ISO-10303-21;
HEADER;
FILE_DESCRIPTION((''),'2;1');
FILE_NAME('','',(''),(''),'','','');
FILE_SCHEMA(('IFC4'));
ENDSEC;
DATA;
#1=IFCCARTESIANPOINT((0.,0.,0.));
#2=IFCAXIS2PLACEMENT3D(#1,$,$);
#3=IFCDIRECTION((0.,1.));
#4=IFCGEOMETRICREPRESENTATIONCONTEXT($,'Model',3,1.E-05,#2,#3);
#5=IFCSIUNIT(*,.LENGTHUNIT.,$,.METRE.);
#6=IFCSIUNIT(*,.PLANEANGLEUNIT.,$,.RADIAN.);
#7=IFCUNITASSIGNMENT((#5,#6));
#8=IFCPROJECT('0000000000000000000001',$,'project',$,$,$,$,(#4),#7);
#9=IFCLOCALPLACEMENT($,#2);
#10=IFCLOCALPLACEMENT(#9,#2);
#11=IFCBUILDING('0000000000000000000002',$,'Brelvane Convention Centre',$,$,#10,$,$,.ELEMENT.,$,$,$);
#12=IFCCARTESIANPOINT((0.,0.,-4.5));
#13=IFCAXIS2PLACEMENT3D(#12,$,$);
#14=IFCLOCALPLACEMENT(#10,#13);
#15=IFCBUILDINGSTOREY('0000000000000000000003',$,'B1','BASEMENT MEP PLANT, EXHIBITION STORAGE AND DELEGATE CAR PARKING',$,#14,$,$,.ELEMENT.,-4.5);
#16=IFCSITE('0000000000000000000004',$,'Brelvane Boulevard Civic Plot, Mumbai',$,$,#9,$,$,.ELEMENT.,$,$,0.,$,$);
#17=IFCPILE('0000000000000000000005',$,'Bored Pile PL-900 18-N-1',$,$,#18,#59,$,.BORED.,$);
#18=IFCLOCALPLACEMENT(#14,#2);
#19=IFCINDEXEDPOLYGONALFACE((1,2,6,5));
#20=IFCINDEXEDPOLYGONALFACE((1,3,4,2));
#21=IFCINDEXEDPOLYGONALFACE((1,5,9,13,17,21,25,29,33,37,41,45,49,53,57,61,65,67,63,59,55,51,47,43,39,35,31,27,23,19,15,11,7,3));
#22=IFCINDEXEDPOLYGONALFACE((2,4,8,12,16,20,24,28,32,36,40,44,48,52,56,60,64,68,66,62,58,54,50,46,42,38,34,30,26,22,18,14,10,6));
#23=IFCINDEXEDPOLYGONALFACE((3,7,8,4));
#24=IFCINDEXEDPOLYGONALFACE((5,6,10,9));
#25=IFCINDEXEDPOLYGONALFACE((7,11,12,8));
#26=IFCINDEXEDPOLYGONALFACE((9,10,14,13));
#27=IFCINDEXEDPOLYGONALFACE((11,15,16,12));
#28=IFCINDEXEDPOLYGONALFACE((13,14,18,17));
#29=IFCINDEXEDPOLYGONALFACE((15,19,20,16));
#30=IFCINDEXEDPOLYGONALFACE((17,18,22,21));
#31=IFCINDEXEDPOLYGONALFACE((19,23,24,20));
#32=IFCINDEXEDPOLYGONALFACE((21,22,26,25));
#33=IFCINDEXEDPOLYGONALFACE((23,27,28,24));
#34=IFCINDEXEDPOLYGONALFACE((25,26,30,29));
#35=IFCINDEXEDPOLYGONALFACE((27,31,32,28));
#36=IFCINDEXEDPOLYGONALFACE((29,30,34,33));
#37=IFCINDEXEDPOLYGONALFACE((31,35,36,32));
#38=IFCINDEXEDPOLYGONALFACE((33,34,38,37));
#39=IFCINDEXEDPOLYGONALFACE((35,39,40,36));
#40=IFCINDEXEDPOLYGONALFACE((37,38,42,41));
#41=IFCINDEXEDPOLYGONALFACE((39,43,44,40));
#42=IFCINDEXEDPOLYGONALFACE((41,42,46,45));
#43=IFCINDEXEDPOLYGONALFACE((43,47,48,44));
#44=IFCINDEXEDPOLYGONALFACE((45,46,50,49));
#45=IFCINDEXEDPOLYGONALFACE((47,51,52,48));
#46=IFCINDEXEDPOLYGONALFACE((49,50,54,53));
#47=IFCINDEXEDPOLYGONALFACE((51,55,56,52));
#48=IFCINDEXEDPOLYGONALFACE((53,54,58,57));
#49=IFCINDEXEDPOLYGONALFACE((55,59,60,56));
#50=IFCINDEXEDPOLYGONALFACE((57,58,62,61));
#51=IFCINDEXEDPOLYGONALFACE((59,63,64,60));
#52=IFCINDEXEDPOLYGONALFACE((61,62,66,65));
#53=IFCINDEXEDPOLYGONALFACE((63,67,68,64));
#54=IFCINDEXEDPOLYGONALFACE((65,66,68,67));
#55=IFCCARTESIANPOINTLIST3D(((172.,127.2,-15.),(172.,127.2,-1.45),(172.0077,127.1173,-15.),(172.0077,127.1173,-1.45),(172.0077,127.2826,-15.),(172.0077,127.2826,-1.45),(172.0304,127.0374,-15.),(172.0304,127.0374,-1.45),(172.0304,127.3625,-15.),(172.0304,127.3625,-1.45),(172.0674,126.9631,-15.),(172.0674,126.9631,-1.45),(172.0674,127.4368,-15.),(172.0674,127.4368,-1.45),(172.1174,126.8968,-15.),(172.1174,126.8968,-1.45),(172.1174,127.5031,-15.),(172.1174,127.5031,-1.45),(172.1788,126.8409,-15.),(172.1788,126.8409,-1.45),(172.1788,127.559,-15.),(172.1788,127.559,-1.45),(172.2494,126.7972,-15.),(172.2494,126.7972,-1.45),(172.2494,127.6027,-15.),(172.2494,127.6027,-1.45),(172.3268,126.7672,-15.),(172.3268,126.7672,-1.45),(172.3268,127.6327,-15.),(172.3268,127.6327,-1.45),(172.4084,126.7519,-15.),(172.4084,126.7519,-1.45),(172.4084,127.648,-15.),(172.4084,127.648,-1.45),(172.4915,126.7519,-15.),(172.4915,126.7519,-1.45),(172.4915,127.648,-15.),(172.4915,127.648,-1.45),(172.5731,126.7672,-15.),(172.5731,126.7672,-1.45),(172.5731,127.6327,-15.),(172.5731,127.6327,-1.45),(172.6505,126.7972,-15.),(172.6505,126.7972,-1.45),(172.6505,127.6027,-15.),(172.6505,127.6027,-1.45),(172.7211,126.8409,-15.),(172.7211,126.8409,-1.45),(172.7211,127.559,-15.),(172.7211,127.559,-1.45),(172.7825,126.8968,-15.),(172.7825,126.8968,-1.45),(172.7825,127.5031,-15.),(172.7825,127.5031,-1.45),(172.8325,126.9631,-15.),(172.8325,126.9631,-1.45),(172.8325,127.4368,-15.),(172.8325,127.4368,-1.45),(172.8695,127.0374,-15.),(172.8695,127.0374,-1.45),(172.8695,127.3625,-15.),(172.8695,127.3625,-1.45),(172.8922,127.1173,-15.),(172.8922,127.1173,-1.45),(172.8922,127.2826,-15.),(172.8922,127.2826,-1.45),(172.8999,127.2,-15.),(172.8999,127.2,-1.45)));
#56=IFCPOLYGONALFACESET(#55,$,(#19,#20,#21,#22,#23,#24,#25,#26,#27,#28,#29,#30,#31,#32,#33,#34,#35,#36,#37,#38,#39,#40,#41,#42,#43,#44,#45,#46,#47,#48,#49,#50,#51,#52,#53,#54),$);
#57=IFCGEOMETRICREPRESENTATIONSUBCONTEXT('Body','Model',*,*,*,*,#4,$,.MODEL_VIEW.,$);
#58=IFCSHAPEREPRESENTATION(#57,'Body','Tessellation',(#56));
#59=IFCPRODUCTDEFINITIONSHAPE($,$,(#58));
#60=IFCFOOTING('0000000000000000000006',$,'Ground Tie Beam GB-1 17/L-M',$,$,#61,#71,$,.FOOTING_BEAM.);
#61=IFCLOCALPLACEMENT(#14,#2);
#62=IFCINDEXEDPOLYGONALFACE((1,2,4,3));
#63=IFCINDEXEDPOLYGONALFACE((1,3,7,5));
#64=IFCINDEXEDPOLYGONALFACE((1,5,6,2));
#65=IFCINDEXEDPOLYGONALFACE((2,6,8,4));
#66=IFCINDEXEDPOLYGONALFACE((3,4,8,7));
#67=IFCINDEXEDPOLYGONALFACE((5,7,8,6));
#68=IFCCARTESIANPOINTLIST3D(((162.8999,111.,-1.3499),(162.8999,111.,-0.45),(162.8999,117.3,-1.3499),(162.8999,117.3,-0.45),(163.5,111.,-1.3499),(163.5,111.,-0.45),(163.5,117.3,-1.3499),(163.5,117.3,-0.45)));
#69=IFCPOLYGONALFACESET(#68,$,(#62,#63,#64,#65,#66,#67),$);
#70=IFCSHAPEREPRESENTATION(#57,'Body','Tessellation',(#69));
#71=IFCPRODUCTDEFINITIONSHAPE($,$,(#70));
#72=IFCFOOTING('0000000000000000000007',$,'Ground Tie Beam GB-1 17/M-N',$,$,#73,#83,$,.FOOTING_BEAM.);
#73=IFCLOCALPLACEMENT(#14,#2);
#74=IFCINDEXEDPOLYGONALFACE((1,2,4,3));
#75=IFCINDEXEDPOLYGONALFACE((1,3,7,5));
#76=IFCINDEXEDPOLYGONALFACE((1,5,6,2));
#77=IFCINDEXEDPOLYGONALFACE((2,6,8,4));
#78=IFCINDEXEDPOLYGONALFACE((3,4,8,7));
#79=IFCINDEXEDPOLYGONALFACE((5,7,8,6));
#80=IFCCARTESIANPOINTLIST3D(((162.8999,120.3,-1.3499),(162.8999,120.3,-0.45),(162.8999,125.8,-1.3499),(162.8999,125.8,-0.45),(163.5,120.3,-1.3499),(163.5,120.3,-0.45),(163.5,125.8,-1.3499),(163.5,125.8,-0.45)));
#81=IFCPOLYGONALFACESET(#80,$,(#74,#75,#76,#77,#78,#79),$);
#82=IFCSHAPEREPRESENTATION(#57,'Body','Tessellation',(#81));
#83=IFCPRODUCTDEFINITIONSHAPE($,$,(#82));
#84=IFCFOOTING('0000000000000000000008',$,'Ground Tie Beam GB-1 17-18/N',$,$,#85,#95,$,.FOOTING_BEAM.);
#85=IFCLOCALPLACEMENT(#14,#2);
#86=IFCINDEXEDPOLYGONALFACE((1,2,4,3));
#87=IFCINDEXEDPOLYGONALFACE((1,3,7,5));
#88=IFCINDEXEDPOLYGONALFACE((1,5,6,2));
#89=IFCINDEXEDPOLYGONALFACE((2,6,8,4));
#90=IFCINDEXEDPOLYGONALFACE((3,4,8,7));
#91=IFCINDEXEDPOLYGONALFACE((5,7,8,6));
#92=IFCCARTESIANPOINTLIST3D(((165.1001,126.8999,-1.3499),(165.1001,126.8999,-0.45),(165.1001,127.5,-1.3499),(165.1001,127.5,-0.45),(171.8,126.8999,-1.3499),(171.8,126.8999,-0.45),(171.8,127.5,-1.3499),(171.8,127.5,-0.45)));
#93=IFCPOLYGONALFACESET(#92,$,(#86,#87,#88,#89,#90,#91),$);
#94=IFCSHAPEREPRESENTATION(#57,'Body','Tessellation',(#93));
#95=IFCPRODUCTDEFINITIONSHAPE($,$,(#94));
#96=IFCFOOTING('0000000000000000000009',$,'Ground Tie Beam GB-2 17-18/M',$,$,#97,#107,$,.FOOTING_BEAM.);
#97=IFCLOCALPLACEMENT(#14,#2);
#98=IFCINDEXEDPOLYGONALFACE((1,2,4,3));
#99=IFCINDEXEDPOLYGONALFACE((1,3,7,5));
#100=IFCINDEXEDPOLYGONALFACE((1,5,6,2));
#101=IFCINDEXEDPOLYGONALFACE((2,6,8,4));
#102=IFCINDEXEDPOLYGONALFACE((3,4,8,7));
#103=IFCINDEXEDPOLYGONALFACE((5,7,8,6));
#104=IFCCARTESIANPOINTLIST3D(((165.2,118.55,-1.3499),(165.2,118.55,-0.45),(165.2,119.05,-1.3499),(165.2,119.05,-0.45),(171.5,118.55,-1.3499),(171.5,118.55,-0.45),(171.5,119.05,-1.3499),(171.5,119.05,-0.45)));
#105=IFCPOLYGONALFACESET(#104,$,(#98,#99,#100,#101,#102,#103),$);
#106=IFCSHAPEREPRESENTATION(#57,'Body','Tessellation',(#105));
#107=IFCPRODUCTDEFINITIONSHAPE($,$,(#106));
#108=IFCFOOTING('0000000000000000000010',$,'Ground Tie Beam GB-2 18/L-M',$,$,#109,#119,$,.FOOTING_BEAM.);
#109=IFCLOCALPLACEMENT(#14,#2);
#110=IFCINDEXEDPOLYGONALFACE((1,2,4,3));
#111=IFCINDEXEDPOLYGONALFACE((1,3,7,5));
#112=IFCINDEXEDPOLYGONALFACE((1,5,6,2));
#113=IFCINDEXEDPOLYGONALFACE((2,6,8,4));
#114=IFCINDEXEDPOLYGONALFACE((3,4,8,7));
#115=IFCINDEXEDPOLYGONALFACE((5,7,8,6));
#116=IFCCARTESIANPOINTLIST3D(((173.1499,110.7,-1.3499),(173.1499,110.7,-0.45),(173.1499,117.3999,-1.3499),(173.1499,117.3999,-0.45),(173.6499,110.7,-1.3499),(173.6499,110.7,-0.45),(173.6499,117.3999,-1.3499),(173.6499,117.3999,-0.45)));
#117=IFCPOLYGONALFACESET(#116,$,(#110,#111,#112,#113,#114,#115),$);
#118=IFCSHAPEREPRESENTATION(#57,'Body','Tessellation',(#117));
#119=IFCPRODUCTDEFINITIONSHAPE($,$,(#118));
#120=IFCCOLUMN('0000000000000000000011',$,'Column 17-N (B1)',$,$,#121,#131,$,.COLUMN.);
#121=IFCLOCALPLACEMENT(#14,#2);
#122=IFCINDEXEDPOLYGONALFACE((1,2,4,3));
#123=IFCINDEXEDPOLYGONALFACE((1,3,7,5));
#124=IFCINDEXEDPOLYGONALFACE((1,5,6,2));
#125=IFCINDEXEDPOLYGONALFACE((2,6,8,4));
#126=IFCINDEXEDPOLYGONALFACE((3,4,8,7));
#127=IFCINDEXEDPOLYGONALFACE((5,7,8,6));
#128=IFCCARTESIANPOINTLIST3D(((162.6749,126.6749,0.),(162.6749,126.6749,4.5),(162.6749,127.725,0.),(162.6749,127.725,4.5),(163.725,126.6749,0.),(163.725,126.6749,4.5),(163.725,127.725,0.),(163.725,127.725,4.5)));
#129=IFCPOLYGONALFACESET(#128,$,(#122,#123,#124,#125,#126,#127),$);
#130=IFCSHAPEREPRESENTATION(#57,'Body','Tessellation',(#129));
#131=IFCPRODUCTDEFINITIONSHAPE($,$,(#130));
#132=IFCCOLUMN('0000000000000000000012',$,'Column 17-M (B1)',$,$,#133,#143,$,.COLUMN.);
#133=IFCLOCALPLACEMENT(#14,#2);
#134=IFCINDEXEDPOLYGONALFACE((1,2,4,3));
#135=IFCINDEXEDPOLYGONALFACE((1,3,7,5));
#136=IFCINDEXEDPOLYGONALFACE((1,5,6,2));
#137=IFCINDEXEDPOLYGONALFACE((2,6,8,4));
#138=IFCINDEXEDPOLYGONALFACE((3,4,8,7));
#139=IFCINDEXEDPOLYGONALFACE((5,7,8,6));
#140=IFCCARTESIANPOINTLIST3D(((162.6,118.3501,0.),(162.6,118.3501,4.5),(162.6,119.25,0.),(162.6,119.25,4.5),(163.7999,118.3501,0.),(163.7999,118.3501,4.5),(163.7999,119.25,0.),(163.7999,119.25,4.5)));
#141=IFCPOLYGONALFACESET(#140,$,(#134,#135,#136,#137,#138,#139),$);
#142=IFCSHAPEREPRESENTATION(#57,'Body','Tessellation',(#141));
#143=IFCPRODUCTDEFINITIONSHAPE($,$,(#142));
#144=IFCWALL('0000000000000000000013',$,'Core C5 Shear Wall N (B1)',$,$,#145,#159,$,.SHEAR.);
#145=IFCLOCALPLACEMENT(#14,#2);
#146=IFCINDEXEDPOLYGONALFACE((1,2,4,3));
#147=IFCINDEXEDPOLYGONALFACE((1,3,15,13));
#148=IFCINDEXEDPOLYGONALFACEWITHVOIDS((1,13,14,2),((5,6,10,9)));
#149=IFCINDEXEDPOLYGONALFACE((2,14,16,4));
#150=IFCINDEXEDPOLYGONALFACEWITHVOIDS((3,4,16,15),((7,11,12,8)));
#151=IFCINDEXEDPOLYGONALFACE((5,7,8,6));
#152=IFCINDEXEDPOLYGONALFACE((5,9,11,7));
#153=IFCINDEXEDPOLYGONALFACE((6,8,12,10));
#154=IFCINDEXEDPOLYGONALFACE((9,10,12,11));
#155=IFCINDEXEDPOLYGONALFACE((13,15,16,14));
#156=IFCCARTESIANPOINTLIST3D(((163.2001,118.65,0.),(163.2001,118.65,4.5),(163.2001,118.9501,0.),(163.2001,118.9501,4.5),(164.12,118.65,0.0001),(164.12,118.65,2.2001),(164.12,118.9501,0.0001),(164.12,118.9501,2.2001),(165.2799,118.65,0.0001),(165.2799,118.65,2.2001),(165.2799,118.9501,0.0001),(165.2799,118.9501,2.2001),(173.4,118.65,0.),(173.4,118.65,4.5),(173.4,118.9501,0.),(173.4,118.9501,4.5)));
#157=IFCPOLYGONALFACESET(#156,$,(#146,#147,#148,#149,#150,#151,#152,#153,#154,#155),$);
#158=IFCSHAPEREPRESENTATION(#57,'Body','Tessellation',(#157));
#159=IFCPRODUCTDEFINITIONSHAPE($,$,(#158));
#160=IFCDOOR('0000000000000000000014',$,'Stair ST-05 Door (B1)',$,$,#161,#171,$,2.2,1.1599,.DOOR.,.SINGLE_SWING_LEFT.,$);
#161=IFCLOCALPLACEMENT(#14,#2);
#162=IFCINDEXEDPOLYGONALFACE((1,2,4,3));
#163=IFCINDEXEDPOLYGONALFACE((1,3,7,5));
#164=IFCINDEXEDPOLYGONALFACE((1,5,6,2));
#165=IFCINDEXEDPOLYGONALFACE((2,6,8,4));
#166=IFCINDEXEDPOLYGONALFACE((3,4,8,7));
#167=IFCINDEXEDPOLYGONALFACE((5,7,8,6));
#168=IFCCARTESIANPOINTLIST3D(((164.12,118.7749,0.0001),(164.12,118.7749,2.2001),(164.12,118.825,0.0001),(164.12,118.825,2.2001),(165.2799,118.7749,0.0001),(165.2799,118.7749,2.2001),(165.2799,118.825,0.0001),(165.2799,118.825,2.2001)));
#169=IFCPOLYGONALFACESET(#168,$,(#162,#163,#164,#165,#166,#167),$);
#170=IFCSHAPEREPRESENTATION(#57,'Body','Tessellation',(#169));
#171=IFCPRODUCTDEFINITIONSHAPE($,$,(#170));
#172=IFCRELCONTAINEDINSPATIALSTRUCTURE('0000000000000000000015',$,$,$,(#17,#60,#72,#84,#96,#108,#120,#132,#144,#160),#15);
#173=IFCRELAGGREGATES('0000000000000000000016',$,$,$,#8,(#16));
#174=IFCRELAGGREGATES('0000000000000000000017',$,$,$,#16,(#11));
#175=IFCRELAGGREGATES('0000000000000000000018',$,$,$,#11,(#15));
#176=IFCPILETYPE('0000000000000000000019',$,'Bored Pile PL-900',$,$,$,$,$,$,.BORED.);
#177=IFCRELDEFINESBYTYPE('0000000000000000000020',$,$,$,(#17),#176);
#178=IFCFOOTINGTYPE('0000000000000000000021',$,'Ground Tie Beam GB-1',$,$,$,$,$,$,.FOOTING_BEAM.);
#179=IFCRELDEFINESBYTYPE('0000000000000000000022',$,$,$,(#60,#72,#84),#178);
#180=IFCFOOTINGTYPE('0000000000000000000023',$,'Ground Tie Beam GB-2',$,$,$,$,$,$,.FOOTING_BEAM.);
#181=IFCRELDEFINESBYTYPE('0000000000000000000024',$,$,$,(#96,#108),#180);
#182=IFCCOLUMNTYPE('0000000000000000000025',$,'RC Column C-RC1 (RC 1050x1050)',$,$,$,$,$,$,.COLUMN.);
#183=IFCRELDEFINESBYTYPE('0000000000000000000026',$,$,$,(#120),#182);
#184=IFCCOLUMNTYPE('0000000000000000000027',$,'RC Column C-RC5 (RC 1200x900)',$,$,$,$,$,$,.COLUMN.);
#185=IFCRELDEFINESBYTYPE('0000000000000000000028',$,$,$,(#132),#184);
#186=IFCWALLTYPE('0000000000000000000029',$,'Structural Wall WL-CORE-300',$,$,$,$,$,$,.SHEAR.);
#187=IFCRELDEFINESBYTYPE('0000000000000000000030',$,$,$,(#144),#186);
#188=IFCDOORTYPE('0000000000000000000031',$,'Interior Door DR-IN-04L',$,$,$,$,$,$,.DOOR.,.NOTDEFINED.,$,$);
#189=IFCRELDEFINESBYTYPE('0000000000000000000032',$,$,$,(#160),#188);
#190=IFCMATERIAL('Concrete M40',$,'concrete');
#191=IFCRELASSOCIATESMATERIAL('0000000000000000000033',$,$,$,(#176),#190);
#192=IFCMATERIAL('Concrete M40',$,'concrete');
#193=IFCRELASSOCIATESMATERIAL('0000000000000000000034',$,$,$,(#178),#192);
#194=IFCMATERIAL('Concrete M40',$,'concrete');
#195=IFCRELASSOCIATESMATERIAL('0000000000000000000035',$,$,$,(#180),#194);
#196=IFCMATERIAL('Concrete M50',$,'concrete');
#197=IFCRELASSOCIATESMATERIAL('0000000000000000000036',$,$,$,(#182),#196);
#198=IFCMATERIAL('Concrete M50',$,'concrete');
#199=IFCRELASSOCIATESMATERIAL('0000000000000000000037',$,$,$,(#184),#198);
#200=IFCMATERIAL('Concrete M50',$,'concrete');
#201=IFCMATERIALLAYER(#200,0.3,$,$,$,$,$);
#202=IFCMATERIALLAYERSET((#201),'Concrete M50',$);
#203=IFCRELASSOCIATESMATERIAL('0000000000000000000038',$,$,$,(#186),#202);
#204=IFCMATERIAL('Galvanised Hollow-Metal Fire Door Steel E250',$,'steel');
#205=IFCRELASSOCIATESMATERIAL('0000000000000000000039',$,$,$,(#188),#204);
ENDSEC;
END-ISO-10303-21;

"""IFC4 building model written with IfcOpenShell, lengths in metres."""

from ifc_helpers import new_model, si_unit, direction, frame, frame_2d, origin, origin_2d, place, context, subcontext, project, spatial, rectangle, circle, extrude, material, layer, layer_set, material_profile, profile_set, type_object, element, fill, save


model = new_model("IFC4")

# Units and contexts
model_context = context("Model", 3, precision=1e-05, world=origin(), true_north=direction((0.0, 1.0)))
body_context = subcontext(model_context, "Body", "Model", "MODEL_VIEW")
ifc_project = project(units=[si_unit("LENGTHUNIT", "METRE"), si_unit("PLANEANGLEUNIT", "RADIAN")], contexts=[model_context])

# Site, building, storey
site_placement = place(None, origin())
site = spatial("IfcSite", under=ifc_project, at=site_placement, Name="Brelvane Boulevard Civic Plot, Mumbai", CompositionType="ELEMENT", RefElevation=0.0)
building_placement = place(site_placement, origin())
building = spatial("IfcBuilding", under=site, at=building_placement, Name="Brelvane Convention Centre", CompositionType="ELEMENT")
storey_placement = place(building_placement, frame((0.0, 0.0, -4.5)))
storey = spatial("IfcBuildingStorey", under=building, at=storey_placement, Name="B1", Description="BASEMENT MEP PLANT, EXHIBITION STORAGE AND DELEGATE CAR PARKING", CompositionType="ELEMENT", Elevation=-4.5)

# Pile
ifc_material_1 = material(Name="Concrete M40", Category="concrete")
ifc_material_profile_1 = material_profile(ifc_material_1, circle(Radius=0.45, at=origin_2d()), Name="PILE D900")
ifc_profile_set_1 = profile_set([ifc_material_profile_1], Name="Concrete M40")
pile_type = type_object("IfcPileType", Name="Bored Pile PL-900", PredefinedType="BORED", material=ifc_profile_set_1)
pile_placement = place(storey_placement, frame((172.45, 127.2, -1.45), z_axis=(0.0, 0.0, -1.0), x_axis=(1.0, 0.0, 0.0)))
element("IfcPile", 1, at=pile_placement, inside=storey, type_object=pile_type, Name="Bored Pile PL-900 18-N-1", PredefinedType="BORED", context=body_context, shape_type="SweptSolid", body=[
    extrude(circle(Radius=0.45, at=origin_2d()), origin(), (0.0, 0.0, 1.0), 13.55),
])

# Footings
ifc_material_2 = material(Name="Concrete M40", Category="concrete")
ifc_material_profile_2 = material_profile(ifc_material_2, rectangle(XDim=0.6001, YDim=0.8999, at=origin_2d()), Name="RC 600x900")
ifc_profile_set_2 = profile_set([ifc_material_profile_2], Name="Concrete M40")
footing_type_1 = type_object("IfcFootingType", Name="Ground Tie Beam GB-1", PredefinedType="FOOTING_BEAM", material=ifc_profile_set_2)
footing_1_placement = place(storey_placement, frame((163.2, 111.0, -0.8999), z_axis=(0.0, 1.0, 0.0), x_axis=(-1.0, 0.0, 0.0)))
element("IfcFooting", 2, at=footing_1_placement, inside=storey, type_object=footing_type_1, Name="Ground Tie Beam GB-1 17/L-M", PredefinedType="FOOTING_BEAM", context=body_context, shape_type="SweptSolid", body=[
    extrude(rectangle(XDim=0.6001, YDim=0.8999, at=origin_2d()), origin(), (0.0, 0.0, 1.0), 6.3),
])
footing_2_placement = place(storey_placement, frame((163.2, 120.3, -0.8999), z_axis=(0.0, 1.0, 0.0), x_axis=(-1.0, 0.0, 0.0)))
element("IfcFooting", 3, at=footing_2_placement, inside=storey, type_object=footing_type_1, Name="Ground Tie Beam GB-1 17/M-N", PredefinedType="FOOTING_BEAM", context=body_context, shape_type="SweptSolid", body=[
    extrude(rectangle(XDim=0.6001, YDim=0.8999, at=origin_2d()), origin(), (0.0, 0.0, 1.0), 5.5),
])
footing_3_placement = place(storey_placement, frame((165.1001, 127.2, -0.8999), z_axis=(1.0, 0.0, 0.0), x_axis=(0.0, 1.0, 0.0)))
element("IfcFooting", 4, at=footing_3_placement, inside=storey, type_object=footing_type_1, Name="Ground Tie Beam GB-1 17-18/N", PredefinedType="FOOTING_BEAM", context=body_context, shape_type="SweptSolid", body=[
    extrude(rectangle(XDim=0.6001, YDim=0.8999, at=origin_2d()), origin(), (0.0, 0.0, 1.0), 6.7),
])
ifc_material_3 = material(Name="Concrete M40", Category="concrete")
ifc_material_profile_3 = material_profile(ifc_material_3, rectangle(XDim=0.5, YDim=0.8999, at=origin_2d()), Name="RC 500x900")
ifc_profile_set_3 = profile_set([ifc_material_profile_3], Name="Concrete M40")
footing_type_2 = type_object("IfcFootingType", Name="Ground Tie Beam GB-2", PredefinedType="FOOTING_BEAM", material=ifc_profile_set_3)
footing_4_placement = place(storey_placement, frame((165.2, 118.8, -0.8999), z_axis=(1.0, 0.0, 0.0), x_axis=(0.0, 1.0, 0.0)))
element("IfcFooting", 5, at=footing_4_placement, inside=storey, type_object=footing_type_2, Name="Ground Tie Beam GB-2 17-18/M", PredefinedType="FOOTING_BEAM", context=body_context, shape_type="SweptSolid", body=[
    extrude(rectangle(XDim=0.5, YDim=0.8999, at=origin_2d()), origin(), (0.0, 0.0, 1.0), 6.3),
])
footing_5_placement = place(storey_placement, frame((173.3999, 110.7, -0.8999), z_axis=(0.0, 1.0, 0.0), x_axis=(-1.0, 0.0, 0.0)))
element("IfcFooting", 6, at=footing_5_placement, inside=storey, type_object=footing_type_2, Name="Ground Tie Beam GB-2 18/L-M", PredefinedType="FOOTING_BEAM", context=body_context, shape_type="SweptSolid", body=[
    extrude(rectangle(XDim=0.5, YDim=0.8999, at=origin_2d()), origin(), (0.0, 0.0, 1.0), 6.7),
])

# Columns
ifc_material_4 = material(Name="Concrete M50", Category="concrete")
ifc_material_profile_4 = material_profile(ifc_material_4, rectangle(XDim=1.05, YDim=1.05, at=origin_2d()), Name="RC 1050x1050")
ifc_profile_set_4 = profile_set([ifc_material_profile_4], Name="Concrete M50")
column_type_1 = type_object("IfcColumnType", Name="RC Column C-RC1 (RC 1050x1050)", PredefinedType="COLUMN", material=ifc_profile_set_4)
column_1_placement = place(storey_placement, frame((163.2, 127.2, 0.0), z_axis=(0.0, 0.0, 1.0), x_axis=(1.0, 0.0, 0.0)))
element("IfcColumn", 7, at=column_1_placement, inside=storey, type_object=column_type_1, Name="Column 17-N (B1)", PredefinedType="COLUMN", context=body_context, shape_type="SweptSolid", body=[
    extrude(rectangle(XDim=1.05, YDim=1.05, at=origin_2d()), origin(), (0.0, 0.0, 1.0), 4.5),
])
ifc_material_5 = material(Name="Concrete M50", Category="concrete")
ifc_material_profile_5 = material_profile(ifc_material_5, rectangle(XDim=1.2, YDim=0.8999, at=origin_2d()), Name="RC 1200x900")
ifc_profile_set_5 = profile_set([ifc_material_profile_5], Name="Concrete M50")
column_type_2 = type_object("IfcColumnType", Name="RC Column C-RC5 (RC 1200x900)", PredefinedType="COLUMN", material=ifc_profile_set_5)
column_2_placement = place(storey_placement, frame((163.2, 118.8, 0.0), z_axis=(0.0, 0.0, 1.0), x_axis=(1.0, 0.0, 0.0)))
element("IfcColumn", 8, at=column_2_placement, inside=storey, type_object=column_type_2, Name="Column 17-M (B1)", PredefinedType="COLUMN", context=body_context, shape_type="SweptSolid", body=[
    extrude(rectangle(XDim=1.2, YDim=0.8999, at=origin_2d()), origin(), (0.0, 0.0, 1.0), 4.5),
])

# Wall, opening, door
ifc_material_6 = material(Name="Concrete M50", Category="concrete")
ifc_layer = layer(ifc_material_6, 0.3)
ifc_layer_set = layer_set([ifc_layer], Name="Concrete M50")
wall_type = type_object("IfcWallType", Name="Structural Wall WL-CORE-300", PredefinedType="SHEAR", material=ifc_layer_set)
wall_1_placement = place(storey_placement, frame((163.2, 118.8, 0.0), z_axis=(0.0, 0.0, 1.0), x_axis=(1.0, 0.0, 0.0)))
wall_1 = element("IfcWall", 9, at=wall_1_placement, inside=storey, type_object=wall_type, Name="Core C5 Shear Wall N (B1)", PredefinedType="SHEAR", context=body_context, shape_type="SweptSolid", body=[
    extrude(rectangle(XDim=10.2, YDim=0.3, at=frame_2d((5.1001, 0.0))), origin(), (0.0, 0.0, 1.0), 4.5),
])
opening_placement = place(wall_1_placement, frame((0.9199, 0.0, 0.0)))
opening = element("IfcOpeningElement", 10, at=opening_placement, cuts=wall_1, PredefinedType="OPENING", context=body_context, shape_type="SweptSolid", body=[
    extrude(rectangle(XDim=1.1599, YDim=2.2, at=frame_2d((0.5801, 1.1001))), frame((0.0, 0.1599, 0.0), z_axis=(0.0, -1.0, 0.0), x_axis=(1.0, 0.0, 0.0)), (0.0, 0.0, 1.0), 0.3201),
])
ifc_material_7 = material(Name="Galvanised Hollow-Metal Fire Door Steel E250", Category="steel")
door_type = type_object("IfcDoorType", Name="Interior Door DR-IN-04L", OperationType="NOTDEFINED", PredefinedType="DOOR", material=ifc_material_7)
door_placement = place(opening_placement, origin())
door = element("IfcDoor", 11, at=door_placement, inside=storey, type_object=door_type, Name="Stair ST-05 Door (B1)", OperationType="SINGLE_SWING_LEFT", OverallHeight=2.2, OverallWidth=1.1599, PredefinedType="DOOR", context=body_context, shape_type="SweptSolid", body=[
    extrude(rectangle(XDim=1.1599, YDim=2.2, at=frame_2d((0.5801, 1.1001))), frame((0.0, 0.0249, 0.0), z_axis=(0.0, -1.0, 0.0), x_axis=(1.0, 0.0, 0.0)), (0.0, 0.0, 1.0), 0.05),
])
fill(opening, door)

save(model, "model.ifc")
